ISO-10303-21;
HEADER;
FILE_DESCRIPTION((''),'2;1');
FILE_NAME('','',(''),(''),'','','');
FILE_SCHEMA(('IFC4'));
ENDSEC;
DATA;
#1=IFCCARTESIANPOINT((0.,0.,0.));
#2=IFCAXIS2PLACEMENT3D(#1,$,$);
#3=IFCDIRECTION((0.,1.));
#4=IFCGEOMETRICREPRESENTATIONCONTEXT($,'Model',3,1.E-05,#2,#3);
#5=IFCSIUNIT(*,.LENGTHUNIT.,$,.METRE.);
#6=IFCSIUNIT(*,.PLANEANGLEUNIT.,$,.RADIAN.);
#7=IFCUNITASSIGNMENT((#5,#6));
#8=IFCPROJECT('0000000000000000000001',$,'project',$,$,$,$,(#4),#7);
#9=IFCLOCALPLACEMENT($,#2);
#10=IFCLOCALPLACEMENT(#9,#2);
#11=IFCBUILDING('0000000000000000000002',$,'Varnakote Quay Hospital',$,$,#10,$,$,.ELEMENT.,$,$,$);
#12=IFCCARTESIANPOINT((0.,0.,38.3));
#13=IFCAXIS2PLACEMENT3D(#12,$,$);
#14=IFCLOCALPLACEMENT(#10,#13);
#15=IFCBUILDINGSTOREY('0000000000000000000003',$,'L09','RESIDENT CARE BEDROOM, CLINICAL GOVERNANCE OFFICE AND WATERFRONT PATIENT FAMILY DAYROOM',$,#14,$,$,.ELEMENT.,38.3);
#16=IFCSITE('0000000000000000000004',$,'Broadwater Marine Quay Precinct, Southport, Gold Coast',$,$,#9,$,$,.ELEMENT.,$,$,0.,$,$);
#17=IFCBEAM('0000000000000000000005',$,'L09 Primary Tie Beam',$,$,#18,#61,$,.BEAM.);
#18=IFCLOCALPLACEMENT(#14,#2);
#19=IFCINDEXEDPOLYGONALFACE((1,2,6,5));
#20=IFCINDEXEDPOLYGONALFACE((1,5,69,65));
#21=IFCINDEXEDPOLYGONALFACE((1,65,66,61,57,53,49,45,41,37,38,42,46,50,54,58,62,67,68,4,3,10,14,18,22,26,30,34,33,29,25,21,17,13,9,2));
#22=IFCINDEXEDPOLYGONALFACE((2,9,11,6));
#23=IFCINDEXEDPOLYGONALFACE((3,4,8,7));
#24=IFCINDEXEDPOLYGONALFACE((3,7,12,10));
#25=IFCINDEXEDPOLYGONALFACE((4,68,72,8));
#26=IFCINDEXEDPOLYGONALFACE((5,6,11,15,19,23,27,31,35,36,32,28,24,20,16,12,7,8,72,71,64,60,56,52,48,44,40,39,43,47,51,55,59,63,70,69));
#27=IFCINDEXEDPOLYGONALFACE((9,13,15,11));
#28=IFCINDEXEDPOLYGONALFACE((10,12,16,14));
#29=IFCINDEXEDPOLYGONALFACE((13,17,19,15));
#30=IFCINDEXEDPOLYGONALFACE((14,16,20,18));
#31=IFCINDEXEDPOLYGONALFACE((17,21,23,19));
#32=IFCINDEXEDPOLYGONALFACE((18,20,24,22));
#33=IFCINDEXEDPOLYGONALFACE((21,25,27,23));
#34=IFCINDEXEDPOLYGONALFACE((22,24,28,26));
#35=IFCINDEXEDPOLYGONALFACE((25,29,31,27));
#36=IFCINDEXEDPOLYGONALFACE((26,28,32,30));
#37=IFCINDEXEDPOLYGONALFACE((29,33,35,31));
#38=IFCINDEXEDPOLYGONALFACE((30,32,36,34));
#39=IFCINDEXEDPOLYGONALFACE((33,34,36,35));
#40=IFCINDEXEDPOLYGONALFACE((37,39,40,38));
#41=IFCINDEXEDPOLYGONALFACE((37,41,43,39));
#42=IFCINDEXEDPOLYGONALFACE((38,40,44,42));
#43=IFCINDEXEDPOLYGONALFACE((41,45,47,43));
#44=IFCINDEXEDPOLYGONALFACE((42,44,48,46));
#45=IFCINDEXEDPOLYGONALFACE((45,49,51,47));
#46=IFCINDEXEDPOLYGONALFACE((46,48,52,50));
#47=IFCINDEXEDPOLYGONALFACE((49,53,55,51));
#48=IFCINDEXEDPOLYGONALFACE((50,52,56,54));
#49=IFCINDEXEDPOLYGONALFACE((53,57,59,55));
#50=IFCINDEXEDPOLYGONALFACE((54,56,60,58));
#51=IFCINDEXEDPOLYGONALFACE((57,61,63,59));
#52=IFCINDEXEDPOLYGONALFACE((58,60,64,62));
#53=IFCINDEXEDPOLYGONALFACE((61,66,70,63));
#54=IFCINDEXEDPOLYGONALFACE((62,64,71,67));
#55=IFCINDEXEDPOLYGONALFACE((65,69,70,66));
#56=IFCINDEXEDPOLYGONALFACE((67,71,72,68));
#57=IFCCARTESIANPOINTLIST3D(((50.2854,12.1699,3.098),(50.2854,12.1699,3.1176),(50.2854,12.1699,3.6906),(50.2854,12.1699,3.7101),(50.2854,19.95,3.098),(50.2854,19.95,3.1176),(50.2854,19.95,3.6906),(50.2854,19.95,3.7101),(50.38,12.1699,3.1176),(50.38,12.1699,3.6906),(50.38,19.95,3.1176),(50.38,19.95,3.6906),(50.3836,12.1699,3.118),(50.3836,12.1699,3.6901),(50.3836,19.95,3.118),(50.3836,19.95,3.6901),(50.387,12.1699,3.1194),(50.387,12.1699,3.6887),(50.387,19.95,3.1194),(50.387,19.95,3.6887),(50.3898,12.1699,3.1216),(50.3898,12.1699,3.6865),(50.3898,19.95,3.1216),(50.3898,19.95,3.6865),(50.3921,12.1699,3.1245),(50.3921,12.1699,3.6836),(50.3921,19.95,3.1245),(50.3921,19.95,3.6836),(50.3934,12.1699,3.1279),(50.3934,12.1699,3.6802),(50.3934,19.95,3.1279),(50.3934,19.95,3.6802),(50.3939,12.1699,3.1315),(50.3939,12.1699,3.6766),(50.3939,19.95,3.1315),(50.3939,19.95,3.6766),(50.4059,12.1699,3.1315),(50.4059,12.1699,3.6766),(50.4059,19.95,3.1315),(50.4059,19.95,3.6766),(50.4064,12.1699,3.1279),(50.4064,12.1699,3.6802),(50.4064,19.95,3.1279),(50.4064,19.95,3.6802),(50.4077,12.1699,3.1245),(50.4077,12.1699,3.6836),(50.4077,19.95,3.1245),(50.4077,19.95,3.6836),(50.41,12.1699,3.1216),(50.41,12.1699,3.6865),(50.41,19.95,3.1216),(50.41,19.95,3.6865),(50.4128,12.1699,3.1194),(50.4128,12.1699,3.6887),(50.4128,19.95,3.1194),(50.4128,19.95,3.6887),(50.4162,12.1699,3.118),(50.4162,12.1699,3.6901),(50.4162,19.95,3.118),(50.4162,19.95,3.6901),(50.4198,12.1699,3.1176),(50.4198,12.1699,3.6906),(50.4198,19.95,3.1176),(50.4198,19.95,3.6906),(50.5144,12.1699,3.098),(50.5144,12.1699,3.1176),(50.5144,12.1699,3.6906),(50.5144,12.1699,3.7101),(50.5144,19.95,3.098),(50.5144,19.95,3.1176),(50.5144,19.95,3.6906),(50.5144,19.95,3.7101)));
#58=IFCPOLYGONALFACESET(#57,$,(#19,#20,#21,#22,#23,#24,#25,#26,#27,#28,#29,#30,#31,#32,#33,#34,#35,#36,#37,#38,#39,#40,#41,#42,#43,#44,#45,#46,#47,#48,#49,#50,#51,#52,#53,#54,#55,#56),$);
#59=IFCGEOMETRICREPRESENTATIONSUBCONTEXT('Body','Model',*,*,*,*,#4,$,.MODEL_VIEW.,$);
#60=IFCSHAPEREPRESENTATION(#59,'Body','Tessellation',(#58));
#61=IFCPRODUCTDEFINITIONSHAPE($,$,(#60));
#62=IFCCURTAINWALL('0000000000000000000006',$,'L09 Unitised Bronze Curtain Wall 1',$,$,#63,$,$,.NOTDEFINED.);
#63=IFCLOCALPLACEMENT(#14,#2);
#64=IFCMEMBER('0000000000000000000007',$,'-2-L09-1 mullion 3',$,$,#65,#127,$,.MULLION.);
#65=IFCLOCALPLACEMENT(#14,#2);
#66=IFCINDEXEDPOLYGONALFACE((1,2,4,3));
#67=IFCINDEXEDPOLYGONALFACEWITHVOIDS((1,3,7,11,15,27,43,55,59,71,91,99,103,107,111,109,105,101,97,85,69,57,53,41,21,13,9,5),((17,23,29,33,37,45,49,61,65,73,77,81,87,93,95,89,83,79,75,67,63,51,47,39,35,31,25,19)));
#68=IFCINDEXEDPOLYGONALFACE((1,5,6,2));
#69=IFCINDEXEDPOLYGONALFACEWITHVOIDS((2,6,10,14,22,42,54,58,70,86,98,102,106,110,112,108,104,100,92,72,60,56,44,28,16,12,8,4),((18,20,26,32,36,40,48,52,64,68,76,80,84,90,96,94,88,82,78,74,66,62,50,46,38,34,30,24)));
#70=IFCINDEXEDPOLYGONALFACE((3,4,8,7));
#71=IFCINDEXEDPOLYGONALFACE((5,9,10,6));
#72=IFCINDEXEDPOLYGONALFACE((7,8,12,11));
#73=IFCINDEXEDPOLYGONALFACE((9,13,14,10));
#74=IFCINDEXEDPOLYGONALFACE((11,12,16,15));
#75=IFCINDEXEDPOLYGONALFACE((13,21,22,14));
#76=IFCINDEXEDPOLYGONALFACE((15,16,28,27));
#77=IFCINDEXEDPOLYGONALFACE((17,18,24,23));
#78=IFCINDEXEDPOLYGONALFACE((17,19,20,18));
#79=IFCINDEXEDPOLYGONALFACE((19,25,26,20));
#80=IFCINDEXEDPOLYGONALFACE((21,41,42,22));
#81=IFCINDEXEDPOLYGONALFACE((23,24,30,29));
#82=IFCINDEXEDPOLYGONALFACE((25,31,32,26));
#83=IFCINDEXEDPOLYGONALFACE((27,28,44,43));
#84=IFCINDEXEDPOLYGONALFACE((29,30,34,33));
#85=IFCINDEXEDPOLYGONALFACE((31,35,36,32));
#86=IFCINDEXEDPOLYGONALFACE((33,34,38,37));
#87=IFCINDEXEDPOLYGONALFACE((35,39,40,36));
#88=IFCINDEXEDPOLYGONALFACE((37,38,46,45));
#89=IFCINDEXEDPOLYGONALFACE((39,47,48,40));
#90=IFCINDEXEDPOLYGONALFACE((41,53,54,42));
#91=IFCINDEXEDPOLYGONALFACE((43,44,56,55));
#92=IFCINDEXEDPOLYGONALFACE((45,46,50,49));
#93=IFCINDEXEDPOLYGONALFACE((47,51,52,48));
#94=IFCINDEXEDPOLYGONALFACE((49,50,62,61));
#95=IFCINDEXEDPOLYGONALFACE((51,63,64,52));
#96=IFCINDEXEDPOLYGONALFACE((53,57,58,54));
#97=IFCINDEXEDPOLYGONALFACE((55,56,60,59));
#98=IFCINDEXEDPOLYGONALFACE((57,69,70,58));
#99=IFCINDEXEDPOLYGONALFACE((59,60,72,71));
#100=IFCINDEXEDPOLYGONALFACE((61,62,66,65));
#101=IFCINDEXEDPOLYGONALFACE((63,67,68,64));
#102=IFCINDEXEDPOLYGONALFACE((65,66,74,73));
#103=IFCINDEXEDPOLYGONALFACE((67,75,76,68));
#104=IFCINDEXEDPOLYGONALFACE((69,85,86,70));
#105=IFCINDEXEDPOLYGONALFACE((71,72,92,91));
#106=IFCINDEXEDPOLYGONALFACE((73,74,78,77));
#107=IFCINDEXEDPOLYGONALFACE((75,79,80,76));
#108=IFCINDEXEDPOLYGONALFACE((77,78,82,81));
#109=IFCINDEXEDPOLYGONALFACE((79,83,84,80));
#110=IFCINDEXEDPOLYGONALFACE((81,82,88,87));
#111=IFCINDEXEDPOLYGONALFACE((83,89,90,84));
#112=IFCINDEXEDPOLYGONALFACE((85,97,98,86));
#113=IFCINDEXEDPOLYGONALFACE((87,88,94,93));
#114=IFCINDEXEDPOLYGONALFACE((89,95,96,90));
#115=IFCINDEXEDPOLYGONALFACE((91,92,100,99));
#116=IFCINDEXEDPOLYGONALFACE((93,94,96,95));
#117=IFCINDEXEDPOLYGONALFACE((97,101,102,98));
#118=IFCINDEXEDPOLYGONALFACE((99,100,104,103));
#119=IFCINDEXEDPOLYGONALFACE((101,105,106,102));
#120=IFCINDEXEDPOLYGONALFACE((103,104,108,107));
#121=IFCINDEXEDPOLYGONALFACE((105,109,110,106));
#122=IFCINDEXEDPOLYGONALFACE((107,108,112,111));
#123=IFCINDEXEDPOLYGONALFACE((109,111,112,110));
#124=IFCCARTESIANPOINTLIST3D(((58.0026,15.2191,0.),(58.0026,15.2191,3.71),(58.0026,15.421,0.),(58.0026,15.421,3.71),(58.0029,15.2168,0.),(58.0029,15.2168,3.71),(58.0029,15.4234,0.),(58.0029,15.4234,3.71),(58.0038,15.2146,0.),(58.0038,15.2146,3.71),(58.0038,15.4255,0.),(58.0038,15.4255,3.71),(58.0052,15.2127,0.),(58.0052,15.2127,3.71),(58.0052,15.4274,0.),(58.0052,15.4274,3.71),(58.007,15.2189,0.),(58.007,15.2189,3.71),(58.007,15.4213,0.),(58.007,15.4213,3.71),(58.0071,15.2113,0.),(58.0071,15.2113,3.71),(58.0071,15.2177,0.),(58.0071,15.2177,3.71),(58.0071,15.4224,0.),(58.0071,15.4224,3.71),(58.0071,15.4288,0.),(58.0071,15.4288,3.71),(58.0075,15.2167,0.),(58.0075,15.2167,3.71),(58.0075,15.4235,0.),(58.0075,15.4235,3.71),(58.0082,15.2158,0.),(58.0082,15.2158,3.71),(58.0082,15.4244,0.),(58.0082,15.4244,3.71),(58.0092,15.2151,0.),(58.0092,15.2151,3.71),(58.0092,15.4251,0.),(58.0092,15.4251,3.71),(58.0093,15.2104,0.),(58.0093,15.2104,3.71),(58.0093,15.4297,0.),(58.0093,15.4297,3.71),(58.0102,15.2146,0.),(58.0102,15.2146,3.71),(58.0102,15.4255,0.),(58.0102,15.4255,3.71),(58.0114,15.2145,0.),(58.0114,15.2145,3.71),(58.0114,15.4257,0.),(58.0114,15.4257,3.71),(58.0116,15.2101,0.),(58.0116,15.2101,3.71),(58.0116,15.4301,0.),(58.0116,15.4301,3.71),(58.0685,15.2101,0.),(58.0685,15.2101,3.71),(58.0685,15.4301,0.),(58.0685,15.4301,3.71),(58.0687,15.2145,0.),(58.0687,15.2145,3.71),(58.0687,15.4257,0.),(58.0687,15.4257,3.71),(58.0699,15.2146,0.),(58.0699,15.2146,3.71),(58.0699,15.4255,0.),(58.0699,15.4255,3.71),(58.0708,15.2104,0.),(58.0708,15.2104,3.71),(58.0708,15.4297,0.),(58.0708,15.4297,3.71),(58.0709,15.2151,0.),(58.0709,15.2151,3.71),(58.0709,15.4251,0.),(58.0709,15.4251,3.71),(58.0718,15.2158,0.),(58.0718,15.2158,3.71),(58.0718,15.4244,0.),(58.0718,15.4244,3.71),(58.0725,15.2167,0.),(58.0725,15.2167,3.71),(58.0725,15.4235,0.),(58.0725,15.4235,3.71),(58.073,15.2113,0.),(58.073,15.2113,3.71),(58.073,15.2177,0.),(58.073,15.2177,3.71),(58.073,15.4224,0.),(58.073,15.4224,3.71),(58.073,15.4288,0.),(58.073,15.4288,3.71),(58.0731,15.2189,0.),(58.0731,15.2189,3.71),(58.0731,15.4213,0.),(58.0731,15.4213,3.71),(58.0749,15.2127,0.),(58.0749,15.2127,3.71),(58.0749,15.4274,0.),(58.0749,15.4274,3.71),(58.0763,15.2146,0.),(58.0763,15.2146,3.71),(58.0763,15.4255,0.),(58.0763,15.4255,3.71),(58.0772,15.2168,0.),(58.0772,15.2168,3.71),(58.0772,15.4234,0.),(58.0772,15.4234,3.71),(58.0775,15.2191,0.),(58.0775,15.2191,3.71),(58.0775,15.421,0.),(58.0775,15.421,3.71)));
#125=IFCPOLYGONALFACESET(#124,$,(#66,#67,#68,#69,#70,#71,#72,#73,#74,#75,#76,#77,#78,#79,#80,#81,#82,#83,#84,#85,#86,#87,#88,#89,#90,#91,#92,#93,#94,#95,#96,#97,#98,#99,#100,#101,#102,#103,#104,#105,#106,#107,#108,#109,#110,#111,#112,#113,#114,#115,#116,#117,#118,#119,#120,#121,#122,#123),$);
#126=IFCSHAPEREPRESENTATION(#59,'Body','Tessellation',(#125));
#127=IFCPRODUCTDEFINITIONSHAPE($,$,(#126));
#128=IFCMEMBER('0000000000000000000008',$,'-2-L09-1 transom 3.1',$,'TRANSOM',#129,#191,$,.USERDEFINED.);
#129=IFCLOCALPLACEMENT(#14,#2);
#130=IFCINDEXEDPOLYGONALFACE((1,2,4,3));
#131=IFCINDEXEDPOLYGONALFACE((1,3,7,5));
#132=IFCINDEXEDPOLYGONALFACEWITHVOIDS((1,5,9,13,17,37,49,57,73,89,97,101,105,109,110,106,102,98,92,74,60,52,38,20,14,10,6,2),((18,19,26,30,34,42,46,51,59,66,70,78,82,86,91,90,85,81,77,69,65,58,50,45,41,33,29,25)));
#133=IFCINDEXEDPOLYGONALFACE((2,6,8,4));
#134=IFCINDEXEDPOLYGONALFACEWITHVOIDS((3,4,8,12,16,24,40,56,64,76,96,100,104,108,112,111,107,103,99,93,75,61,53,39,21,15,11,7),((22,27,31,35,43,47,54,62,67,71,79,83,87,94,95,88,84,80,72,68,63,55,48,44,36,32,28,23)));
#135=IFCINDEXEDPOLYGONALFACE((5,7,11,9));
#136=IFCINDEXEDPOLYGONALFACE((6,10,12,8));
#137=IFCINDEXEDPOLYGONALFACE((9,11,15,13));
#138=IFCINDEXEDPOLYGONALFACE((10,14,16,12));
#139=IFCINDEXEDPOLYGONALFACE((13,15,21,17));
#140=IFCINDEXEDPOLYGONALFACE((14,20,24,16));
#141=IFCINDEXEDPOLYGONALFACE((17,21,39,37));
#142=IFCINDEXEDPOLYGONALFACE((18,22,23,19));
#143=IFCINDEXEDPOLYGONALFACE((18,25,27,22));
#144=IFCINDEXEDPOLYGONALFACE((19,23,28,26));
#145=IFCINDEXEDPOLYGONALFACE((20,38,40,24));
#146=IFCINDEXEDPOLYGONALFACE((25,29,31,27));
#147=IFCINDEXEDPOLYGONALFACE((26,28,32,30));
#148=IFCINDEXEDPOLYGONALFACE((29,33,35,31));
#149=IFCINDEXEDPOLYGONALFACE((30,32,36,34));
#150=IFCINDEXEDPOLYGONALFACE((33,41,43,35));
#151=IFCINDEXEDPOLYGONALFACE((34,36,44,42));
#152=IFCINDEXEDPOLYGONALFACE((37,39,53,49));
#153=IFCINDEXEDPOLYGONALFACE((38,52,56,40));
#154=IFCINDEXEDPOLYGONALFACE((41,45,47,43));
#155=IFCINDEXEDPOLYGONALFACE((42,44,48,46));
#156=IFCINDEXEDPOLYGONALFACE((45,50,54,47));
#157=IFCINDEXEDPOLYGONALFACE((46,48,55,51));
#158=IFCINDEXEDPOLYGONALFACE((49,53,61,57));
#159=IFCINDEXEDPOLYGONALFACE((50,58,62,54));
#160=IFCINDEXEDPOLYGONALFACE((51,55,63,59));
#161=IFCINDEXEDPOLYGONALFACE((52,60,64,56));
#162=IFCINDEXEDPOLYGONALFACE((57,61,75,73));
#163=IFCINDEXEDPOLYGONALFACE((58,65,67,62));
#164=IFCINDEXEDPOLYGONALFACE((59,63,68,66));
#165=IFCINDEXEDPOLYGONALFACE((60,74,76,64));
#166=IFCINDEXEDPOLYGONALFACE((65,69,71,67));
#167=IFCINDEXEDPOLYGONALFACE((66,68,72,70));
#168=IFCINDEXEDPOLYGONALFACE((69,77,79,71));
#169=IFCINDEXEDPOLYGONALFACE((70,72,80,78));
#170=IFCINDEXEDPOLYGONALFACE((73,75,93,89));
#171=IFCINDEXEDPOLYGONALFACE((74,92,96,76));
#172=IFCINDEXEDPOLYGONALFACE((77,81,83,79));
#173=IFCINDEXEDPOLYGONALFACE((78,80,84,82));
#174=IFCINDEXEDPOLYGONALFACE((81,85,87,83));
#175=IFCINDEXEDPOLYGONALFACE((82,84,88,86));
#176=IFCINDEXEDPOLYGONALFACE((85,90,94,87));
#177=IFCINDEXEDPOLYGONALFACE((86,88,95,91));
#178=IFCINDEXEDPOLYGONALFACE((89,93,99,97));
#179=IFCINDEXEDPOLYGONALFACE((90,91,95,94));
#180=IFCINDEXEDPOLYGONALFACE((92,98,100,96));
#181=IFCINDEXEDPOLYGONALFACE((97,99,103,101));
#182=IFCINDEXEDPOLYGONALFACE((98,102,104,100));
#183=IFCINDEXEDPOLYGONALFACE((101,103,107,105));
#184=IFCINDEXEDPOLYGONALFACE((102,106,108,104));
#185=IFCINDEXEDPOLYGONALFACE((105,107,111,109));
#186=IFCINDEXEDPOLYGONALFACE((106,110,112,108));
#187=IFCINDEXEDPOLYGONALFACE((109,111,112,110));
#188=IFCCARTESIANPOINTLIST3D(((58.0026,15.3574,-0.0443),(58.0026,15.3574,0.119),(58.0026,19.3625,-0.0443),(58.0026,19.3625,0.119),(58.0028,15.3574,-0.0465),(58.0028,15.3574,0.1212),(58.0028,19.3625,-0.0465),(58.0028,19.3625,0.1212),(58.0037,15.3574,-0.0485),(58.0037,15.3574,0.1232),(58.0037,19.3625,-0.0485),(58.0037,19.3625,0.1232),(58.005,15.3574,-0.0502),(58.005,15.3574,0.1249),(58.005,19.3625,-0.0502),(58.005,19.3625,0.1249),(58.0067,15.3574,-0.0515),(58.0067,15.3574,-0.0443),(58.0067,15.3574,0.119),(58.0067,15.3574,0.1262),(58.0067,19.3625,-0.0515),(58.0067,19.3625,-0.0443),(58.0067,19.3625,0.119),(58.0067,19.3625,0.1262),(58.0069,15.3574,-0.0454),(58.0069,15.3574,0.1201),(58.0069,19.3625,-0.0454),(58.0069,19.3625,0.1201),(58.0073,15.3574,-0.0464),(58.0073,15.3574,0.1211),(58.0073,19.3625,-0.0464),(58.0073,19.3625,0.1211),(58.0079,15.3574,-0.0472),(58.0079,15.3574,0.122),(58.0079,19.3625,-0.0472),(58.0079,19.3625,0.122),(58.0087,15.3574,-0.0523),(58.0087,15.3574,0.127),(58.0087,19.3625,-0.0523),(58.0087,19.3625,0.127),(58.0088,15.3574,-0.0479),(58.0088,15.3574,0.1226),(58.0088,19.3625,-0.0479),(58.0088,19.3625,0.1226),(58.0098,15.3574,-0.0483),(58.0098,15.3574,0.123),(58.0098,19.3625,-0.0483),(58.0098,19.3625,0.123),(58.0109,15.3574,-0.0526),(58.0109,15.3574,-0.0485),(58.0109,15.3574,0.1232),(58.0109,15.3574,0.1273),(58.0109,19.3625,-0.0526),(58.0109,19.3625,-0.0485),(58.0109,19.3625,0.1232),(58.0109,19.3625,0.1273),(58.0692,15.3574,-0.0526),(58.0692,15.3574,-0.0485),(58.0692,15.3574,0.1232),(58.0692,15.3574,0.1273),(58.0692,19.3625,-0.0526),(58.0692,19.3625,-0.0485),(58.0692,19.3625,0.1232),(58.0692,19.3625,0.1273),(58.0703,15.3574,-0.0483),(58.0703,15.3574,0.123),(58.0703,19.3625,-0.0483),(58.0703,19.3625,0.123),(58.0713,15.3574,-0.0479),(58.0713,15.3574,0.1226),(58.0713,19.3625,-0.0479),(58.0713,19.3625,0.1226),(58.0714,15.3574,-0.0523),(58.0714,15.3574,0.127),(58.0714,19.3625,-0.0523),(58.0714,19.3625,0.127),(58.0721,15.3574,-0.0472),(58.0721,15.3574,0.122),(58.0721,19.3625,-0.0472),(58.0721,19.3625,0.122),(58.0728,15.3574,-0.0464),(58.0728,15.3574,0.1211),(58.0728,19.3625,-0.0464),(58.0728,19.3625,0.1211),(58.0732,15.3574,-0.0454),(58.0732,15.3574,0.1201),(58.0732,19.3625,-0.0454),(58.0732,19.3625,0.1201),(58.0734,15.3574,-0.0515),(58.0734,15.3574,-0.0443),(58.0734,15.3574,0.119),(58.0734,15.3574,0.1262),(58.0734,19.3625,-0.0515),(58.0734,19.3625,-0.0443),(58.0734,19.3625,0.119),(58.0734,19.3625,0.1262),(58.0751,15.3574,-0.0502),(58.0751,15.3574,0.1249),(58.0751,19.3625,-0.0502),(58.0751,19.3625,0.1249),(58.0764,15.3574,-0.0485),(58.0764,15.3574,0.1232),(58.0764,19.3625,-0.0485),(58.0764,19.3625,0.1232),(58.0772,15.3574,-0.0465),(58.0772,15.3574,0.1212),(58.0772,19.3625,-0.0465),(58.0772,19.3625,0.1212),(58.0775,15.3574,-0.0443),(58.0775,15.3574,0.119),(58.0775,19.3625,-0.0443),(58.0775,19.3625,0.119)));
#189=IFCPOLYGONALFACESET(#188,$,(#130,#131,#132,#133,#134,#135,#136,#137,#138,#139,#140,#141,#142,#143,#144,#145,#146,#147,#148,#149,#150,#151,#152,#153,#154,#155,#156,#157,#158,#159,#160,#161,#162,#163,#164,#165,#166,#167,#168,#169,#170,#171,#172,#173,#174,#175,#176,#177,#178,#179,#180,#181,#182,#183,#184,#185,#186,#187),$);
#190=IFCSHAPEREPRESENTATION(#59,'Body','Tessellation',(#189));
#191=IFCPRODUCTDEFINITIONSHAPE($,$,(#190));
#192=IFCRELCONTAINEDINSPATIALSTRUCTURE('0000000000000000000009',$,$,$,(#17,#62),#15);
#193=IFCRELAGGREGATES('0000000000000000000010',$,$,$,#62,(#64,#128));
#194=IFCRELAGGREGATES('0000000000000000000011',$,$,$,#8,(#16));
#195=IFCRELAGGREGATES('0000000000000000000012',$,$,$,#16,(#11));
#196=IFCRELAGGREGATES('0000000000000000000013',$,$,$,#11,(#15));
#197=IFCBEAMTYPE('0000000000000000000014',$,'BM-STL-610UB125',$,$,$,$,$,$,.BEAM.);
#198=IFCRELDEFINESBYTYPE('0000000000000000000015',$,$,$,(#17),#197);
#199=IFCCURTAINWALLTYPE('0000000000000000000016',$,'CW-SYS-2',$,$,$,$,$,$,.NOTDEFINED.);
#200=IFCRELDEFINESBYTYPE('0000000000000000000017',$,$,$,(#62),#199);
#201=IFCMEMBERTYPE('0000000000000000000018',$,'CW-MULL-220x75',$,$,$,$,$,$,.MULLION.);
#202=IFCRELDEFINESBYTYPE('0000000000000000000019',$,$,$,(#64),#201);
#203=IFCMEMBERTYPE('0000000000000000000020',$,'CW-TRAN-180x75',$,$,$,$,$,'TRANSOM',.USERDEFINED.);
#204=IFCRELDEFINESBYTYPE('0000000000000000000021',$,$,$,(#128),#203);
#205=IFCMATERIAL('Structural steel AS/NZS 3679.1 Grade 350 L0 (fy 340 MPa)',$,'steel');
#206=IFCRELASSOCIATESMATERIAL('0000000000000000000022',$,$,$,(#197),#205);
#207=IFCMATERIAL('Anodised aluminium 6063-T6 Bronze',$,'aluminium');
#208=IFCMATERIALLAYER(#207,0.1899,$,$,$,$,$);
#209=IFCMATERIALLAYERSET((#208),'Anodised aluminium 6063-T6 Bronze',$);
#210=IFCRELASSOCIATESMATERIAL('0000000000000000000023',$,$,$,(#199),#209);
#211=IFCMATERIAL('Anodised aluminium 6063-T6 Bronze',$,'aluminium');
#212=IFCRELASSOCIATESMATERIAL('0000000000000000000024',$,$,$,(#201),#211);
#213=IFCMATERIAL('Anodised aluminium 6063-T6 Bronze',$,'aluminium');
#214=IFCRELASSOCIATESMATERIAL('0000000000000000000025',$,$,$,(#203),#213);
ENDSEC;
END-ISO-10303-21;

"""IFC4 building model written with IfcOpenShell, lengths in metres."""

from ifc_helpers import new_model, si_unit, direction, frame, origin, origin_2d, place, context, subcontext, project, spatial, hollow_rectangle, i_section, extrude, material, layer, layer_set, material_profile, profile_set, type_object, element, aggregate, save


model = new_model("IFC4")

# Units and contexts
model_context = context("Model", 3, precision=1e-05, world=origin(), true_north=direction((0.0, 1.0)))
body_context = subcontext(model_context, "Body", "Model", "MODEL_VIEW")
ifc_project = project(units=[si_unit("LENGTHUNIT", "METRE"), si_unit("PLANEANGLEUNIT", "RADIAN")], contexts=[model_context])

# Site, building, storey
site_placement = place(None, origin())
site = spatial("IfcSite", under=ifc_project, at=site_placement, Name="Broadwater Marine Quay Precinct, Southport, Gold Coast", CompositionType="ELEMENT", RefElevation=0.0)
building_placement = place(site_placement, origin())
building = spatial("IfcBuilding", under=site, at=building_placement, Name="Varnakote Quay Hospital", CompositionType="ELEMENT")
storey_placement = place(building_placement, frame((0.0, 0.0, 38.3)))
storey = spatial("IfcBuildingStorey", under=building, at=storey_placement, Name="L09", Description="RESIDENT CARE BEDROOM, CLINICAL GOVERNANCE OFFICE AND WATERFRONT PATIENT FAMILY DAYROOM", CompositionType="ELEMENT", Elevation=38.3)

# Beam
ifc_material_1 = material(Name="Structural steel AS/NZS 3679.1 Grade 350 L0 (fy 340 MPa)", Category="steel")
ifc_material_profile_1 = material_profile(ifc_material_1, i_section(OverallWidth=0.229, OverallDepth=0.6121, WebThickness=0.012, FlangeThickness=0.0195, FilletRadius=0.0139, at=origin_2d()), Name="610UB125")
ifc_profile_set_1 = profile_set([ifc_material_profile_1], Name="Structural steel AS/NZS 3679.1 Grade 350 L0 (fy 340 MPa)")
beam_type = type_object("IfcBeamType", Name="BM-STL-610UB125", PredefinedType="BEAM", material=ifc_profile_set_1)
beam_placement = place(storey_placement, frame((50.3999, 12.1699, 3.4041), z_axis=(0.0, 1.0, 0.0), x_axis=(-1.0, 0.0, 0.0)))
element("IfcBeam", 1, at=beam_placement, inside=storey, type_object=beam_type, Name="L09 Primary Tie Beam", PredefinedType="BEAM", context=body_context, shape_type="SweptSolid", body=[
    extrude(i_section(OverallWidth=0.229, OverallDepth=0.6121, WebThickness=0.012, FlangeThickness=0.0195, FilletRadius=0.0139, at=origin_2d()), origin(), (0.0, 0.0, 1.0), 7.78),
])

# Curtain wall, members
ifc_material_2 = material(Name="Anodised aluminium 6063-T6 Bronze", Category="aluminium")
ifc_layer_1 = layer(ifc_material_2, 0.1899)
ifc_layer_set_1 = layer_set([ifc_layer_1], Name="Anodised aluminium 6063-T6 Bronze")
curtain_wall_type = type_object("IfcCurtainWallType", Name="CW-SYS-2", PredefinedType="NOTDEFINED", material=ifc_layer_set_1)
curtain_wall_placement = place(storey_placement, origin())
curtain_wall = element("IfcCurtainWall", 2, at=curtain_wall_placement, inside=storey, type_object=curtain_wall_type, Name="L09 Unitised Bronze Curtain Wall 1", PredefinedType="NOTDEFINED")
ifc_material_3 = material(Name="Anodised aluminium 6063-T6 Bronze", Category="aluminium")
ifc_material_profile_2 = material_profile(ifc_material_3, hollow_rectangle(XDim=0.075, YDim=0.22, WallThickness=0.0044, InnerFilletRadius=0.0044, OuterFilletRadius=0.009, at=origin_2d()), Name="CW-MULL-220x75")
ifc_profile_set_2 = profile_set([ifc_material_profile_2], Name="Anodised aluminium 6063-T6 Bronze")
member_type_1 = type_object("IfcMemberType", Name="CW-MULL-220x75", PredefinedType="MULLION", material=ifc_profile_set_2)
member_1_placement = place(storey_placement, frame((58.04, 15.3201, 0.0), z_axis=(0.0, 0.0, 1.0), x_axis=(-1.0, 0.0, 0.0)))
member_1 = element("IfcMember", 3, at=member_1_placement, type_object=member_type_1, Name="-2-L09-1 mullion 3", PredefinedType="MULLION", context=body_context, shape_type="SweptSolid", body=[
    extrude(hollow_rectangle(XDim=0.075, YDim=0.22, WallThickness=0.0044, InnerFilletRadius=0.0044, OuterFilletRadius=0.009, at=origin_2d()), origin(), (0.0, 0.0, 1.0), 3.71),
])
ifc_material_4 = material(Name="Anodised aluminium 6063-T6 Bronze", Category="aluminium")
ifc_material_profile_3 = material_profile(ifc_material_4, hollow_rectangle(XDim=0.075, YDim=0.1799, WallThickness=0.0042, InnerFilletRadius=0.0042, OuterFilletRadius=0.0083, at=origin_2d()), Name="CW-TRAN-180x75")
ifc_profile_set_3 = profile_set([ifc_material_profile_3], Name="Anodised aluminium 6063-T6 Bronze")
member_type_2 = type_object("IfcMemberType", Name="CW-TRAN-180x75", ElementType="TRANSOM", PredefinedType="USERDEFINED", material=ifc_profile_set_3)
member_2_placement = place(storey_placement, frame((58.04, 15.3574, 0.0374), z_axis=(0.0, 1.0, 0.0), x_axis=(-1.0, 0.0, 0.0)))
member_2 = element("IfcMember", 4, at=member_2_placement, type_object=member_type_2, Name="-2-L09-1 transom 3.1", ObjectType="TRANSOM", PredefinedType="USERDEFINED", context=body_context, shape_type="SweptSolid", body=[
    extrude(hollow_rectangle(XDim=0.075, YDim=0.1799, WallThickness=0.0042, InnerFilletRadius=0.0042, OuterFilletRadius=0.0083, at=origin_2d()), origin(), (0.0, 0.0, 1.0), 4.0051),
])
aggregate(curtain_wall, [member_1, member_2])

save(model, "model.ifc")
